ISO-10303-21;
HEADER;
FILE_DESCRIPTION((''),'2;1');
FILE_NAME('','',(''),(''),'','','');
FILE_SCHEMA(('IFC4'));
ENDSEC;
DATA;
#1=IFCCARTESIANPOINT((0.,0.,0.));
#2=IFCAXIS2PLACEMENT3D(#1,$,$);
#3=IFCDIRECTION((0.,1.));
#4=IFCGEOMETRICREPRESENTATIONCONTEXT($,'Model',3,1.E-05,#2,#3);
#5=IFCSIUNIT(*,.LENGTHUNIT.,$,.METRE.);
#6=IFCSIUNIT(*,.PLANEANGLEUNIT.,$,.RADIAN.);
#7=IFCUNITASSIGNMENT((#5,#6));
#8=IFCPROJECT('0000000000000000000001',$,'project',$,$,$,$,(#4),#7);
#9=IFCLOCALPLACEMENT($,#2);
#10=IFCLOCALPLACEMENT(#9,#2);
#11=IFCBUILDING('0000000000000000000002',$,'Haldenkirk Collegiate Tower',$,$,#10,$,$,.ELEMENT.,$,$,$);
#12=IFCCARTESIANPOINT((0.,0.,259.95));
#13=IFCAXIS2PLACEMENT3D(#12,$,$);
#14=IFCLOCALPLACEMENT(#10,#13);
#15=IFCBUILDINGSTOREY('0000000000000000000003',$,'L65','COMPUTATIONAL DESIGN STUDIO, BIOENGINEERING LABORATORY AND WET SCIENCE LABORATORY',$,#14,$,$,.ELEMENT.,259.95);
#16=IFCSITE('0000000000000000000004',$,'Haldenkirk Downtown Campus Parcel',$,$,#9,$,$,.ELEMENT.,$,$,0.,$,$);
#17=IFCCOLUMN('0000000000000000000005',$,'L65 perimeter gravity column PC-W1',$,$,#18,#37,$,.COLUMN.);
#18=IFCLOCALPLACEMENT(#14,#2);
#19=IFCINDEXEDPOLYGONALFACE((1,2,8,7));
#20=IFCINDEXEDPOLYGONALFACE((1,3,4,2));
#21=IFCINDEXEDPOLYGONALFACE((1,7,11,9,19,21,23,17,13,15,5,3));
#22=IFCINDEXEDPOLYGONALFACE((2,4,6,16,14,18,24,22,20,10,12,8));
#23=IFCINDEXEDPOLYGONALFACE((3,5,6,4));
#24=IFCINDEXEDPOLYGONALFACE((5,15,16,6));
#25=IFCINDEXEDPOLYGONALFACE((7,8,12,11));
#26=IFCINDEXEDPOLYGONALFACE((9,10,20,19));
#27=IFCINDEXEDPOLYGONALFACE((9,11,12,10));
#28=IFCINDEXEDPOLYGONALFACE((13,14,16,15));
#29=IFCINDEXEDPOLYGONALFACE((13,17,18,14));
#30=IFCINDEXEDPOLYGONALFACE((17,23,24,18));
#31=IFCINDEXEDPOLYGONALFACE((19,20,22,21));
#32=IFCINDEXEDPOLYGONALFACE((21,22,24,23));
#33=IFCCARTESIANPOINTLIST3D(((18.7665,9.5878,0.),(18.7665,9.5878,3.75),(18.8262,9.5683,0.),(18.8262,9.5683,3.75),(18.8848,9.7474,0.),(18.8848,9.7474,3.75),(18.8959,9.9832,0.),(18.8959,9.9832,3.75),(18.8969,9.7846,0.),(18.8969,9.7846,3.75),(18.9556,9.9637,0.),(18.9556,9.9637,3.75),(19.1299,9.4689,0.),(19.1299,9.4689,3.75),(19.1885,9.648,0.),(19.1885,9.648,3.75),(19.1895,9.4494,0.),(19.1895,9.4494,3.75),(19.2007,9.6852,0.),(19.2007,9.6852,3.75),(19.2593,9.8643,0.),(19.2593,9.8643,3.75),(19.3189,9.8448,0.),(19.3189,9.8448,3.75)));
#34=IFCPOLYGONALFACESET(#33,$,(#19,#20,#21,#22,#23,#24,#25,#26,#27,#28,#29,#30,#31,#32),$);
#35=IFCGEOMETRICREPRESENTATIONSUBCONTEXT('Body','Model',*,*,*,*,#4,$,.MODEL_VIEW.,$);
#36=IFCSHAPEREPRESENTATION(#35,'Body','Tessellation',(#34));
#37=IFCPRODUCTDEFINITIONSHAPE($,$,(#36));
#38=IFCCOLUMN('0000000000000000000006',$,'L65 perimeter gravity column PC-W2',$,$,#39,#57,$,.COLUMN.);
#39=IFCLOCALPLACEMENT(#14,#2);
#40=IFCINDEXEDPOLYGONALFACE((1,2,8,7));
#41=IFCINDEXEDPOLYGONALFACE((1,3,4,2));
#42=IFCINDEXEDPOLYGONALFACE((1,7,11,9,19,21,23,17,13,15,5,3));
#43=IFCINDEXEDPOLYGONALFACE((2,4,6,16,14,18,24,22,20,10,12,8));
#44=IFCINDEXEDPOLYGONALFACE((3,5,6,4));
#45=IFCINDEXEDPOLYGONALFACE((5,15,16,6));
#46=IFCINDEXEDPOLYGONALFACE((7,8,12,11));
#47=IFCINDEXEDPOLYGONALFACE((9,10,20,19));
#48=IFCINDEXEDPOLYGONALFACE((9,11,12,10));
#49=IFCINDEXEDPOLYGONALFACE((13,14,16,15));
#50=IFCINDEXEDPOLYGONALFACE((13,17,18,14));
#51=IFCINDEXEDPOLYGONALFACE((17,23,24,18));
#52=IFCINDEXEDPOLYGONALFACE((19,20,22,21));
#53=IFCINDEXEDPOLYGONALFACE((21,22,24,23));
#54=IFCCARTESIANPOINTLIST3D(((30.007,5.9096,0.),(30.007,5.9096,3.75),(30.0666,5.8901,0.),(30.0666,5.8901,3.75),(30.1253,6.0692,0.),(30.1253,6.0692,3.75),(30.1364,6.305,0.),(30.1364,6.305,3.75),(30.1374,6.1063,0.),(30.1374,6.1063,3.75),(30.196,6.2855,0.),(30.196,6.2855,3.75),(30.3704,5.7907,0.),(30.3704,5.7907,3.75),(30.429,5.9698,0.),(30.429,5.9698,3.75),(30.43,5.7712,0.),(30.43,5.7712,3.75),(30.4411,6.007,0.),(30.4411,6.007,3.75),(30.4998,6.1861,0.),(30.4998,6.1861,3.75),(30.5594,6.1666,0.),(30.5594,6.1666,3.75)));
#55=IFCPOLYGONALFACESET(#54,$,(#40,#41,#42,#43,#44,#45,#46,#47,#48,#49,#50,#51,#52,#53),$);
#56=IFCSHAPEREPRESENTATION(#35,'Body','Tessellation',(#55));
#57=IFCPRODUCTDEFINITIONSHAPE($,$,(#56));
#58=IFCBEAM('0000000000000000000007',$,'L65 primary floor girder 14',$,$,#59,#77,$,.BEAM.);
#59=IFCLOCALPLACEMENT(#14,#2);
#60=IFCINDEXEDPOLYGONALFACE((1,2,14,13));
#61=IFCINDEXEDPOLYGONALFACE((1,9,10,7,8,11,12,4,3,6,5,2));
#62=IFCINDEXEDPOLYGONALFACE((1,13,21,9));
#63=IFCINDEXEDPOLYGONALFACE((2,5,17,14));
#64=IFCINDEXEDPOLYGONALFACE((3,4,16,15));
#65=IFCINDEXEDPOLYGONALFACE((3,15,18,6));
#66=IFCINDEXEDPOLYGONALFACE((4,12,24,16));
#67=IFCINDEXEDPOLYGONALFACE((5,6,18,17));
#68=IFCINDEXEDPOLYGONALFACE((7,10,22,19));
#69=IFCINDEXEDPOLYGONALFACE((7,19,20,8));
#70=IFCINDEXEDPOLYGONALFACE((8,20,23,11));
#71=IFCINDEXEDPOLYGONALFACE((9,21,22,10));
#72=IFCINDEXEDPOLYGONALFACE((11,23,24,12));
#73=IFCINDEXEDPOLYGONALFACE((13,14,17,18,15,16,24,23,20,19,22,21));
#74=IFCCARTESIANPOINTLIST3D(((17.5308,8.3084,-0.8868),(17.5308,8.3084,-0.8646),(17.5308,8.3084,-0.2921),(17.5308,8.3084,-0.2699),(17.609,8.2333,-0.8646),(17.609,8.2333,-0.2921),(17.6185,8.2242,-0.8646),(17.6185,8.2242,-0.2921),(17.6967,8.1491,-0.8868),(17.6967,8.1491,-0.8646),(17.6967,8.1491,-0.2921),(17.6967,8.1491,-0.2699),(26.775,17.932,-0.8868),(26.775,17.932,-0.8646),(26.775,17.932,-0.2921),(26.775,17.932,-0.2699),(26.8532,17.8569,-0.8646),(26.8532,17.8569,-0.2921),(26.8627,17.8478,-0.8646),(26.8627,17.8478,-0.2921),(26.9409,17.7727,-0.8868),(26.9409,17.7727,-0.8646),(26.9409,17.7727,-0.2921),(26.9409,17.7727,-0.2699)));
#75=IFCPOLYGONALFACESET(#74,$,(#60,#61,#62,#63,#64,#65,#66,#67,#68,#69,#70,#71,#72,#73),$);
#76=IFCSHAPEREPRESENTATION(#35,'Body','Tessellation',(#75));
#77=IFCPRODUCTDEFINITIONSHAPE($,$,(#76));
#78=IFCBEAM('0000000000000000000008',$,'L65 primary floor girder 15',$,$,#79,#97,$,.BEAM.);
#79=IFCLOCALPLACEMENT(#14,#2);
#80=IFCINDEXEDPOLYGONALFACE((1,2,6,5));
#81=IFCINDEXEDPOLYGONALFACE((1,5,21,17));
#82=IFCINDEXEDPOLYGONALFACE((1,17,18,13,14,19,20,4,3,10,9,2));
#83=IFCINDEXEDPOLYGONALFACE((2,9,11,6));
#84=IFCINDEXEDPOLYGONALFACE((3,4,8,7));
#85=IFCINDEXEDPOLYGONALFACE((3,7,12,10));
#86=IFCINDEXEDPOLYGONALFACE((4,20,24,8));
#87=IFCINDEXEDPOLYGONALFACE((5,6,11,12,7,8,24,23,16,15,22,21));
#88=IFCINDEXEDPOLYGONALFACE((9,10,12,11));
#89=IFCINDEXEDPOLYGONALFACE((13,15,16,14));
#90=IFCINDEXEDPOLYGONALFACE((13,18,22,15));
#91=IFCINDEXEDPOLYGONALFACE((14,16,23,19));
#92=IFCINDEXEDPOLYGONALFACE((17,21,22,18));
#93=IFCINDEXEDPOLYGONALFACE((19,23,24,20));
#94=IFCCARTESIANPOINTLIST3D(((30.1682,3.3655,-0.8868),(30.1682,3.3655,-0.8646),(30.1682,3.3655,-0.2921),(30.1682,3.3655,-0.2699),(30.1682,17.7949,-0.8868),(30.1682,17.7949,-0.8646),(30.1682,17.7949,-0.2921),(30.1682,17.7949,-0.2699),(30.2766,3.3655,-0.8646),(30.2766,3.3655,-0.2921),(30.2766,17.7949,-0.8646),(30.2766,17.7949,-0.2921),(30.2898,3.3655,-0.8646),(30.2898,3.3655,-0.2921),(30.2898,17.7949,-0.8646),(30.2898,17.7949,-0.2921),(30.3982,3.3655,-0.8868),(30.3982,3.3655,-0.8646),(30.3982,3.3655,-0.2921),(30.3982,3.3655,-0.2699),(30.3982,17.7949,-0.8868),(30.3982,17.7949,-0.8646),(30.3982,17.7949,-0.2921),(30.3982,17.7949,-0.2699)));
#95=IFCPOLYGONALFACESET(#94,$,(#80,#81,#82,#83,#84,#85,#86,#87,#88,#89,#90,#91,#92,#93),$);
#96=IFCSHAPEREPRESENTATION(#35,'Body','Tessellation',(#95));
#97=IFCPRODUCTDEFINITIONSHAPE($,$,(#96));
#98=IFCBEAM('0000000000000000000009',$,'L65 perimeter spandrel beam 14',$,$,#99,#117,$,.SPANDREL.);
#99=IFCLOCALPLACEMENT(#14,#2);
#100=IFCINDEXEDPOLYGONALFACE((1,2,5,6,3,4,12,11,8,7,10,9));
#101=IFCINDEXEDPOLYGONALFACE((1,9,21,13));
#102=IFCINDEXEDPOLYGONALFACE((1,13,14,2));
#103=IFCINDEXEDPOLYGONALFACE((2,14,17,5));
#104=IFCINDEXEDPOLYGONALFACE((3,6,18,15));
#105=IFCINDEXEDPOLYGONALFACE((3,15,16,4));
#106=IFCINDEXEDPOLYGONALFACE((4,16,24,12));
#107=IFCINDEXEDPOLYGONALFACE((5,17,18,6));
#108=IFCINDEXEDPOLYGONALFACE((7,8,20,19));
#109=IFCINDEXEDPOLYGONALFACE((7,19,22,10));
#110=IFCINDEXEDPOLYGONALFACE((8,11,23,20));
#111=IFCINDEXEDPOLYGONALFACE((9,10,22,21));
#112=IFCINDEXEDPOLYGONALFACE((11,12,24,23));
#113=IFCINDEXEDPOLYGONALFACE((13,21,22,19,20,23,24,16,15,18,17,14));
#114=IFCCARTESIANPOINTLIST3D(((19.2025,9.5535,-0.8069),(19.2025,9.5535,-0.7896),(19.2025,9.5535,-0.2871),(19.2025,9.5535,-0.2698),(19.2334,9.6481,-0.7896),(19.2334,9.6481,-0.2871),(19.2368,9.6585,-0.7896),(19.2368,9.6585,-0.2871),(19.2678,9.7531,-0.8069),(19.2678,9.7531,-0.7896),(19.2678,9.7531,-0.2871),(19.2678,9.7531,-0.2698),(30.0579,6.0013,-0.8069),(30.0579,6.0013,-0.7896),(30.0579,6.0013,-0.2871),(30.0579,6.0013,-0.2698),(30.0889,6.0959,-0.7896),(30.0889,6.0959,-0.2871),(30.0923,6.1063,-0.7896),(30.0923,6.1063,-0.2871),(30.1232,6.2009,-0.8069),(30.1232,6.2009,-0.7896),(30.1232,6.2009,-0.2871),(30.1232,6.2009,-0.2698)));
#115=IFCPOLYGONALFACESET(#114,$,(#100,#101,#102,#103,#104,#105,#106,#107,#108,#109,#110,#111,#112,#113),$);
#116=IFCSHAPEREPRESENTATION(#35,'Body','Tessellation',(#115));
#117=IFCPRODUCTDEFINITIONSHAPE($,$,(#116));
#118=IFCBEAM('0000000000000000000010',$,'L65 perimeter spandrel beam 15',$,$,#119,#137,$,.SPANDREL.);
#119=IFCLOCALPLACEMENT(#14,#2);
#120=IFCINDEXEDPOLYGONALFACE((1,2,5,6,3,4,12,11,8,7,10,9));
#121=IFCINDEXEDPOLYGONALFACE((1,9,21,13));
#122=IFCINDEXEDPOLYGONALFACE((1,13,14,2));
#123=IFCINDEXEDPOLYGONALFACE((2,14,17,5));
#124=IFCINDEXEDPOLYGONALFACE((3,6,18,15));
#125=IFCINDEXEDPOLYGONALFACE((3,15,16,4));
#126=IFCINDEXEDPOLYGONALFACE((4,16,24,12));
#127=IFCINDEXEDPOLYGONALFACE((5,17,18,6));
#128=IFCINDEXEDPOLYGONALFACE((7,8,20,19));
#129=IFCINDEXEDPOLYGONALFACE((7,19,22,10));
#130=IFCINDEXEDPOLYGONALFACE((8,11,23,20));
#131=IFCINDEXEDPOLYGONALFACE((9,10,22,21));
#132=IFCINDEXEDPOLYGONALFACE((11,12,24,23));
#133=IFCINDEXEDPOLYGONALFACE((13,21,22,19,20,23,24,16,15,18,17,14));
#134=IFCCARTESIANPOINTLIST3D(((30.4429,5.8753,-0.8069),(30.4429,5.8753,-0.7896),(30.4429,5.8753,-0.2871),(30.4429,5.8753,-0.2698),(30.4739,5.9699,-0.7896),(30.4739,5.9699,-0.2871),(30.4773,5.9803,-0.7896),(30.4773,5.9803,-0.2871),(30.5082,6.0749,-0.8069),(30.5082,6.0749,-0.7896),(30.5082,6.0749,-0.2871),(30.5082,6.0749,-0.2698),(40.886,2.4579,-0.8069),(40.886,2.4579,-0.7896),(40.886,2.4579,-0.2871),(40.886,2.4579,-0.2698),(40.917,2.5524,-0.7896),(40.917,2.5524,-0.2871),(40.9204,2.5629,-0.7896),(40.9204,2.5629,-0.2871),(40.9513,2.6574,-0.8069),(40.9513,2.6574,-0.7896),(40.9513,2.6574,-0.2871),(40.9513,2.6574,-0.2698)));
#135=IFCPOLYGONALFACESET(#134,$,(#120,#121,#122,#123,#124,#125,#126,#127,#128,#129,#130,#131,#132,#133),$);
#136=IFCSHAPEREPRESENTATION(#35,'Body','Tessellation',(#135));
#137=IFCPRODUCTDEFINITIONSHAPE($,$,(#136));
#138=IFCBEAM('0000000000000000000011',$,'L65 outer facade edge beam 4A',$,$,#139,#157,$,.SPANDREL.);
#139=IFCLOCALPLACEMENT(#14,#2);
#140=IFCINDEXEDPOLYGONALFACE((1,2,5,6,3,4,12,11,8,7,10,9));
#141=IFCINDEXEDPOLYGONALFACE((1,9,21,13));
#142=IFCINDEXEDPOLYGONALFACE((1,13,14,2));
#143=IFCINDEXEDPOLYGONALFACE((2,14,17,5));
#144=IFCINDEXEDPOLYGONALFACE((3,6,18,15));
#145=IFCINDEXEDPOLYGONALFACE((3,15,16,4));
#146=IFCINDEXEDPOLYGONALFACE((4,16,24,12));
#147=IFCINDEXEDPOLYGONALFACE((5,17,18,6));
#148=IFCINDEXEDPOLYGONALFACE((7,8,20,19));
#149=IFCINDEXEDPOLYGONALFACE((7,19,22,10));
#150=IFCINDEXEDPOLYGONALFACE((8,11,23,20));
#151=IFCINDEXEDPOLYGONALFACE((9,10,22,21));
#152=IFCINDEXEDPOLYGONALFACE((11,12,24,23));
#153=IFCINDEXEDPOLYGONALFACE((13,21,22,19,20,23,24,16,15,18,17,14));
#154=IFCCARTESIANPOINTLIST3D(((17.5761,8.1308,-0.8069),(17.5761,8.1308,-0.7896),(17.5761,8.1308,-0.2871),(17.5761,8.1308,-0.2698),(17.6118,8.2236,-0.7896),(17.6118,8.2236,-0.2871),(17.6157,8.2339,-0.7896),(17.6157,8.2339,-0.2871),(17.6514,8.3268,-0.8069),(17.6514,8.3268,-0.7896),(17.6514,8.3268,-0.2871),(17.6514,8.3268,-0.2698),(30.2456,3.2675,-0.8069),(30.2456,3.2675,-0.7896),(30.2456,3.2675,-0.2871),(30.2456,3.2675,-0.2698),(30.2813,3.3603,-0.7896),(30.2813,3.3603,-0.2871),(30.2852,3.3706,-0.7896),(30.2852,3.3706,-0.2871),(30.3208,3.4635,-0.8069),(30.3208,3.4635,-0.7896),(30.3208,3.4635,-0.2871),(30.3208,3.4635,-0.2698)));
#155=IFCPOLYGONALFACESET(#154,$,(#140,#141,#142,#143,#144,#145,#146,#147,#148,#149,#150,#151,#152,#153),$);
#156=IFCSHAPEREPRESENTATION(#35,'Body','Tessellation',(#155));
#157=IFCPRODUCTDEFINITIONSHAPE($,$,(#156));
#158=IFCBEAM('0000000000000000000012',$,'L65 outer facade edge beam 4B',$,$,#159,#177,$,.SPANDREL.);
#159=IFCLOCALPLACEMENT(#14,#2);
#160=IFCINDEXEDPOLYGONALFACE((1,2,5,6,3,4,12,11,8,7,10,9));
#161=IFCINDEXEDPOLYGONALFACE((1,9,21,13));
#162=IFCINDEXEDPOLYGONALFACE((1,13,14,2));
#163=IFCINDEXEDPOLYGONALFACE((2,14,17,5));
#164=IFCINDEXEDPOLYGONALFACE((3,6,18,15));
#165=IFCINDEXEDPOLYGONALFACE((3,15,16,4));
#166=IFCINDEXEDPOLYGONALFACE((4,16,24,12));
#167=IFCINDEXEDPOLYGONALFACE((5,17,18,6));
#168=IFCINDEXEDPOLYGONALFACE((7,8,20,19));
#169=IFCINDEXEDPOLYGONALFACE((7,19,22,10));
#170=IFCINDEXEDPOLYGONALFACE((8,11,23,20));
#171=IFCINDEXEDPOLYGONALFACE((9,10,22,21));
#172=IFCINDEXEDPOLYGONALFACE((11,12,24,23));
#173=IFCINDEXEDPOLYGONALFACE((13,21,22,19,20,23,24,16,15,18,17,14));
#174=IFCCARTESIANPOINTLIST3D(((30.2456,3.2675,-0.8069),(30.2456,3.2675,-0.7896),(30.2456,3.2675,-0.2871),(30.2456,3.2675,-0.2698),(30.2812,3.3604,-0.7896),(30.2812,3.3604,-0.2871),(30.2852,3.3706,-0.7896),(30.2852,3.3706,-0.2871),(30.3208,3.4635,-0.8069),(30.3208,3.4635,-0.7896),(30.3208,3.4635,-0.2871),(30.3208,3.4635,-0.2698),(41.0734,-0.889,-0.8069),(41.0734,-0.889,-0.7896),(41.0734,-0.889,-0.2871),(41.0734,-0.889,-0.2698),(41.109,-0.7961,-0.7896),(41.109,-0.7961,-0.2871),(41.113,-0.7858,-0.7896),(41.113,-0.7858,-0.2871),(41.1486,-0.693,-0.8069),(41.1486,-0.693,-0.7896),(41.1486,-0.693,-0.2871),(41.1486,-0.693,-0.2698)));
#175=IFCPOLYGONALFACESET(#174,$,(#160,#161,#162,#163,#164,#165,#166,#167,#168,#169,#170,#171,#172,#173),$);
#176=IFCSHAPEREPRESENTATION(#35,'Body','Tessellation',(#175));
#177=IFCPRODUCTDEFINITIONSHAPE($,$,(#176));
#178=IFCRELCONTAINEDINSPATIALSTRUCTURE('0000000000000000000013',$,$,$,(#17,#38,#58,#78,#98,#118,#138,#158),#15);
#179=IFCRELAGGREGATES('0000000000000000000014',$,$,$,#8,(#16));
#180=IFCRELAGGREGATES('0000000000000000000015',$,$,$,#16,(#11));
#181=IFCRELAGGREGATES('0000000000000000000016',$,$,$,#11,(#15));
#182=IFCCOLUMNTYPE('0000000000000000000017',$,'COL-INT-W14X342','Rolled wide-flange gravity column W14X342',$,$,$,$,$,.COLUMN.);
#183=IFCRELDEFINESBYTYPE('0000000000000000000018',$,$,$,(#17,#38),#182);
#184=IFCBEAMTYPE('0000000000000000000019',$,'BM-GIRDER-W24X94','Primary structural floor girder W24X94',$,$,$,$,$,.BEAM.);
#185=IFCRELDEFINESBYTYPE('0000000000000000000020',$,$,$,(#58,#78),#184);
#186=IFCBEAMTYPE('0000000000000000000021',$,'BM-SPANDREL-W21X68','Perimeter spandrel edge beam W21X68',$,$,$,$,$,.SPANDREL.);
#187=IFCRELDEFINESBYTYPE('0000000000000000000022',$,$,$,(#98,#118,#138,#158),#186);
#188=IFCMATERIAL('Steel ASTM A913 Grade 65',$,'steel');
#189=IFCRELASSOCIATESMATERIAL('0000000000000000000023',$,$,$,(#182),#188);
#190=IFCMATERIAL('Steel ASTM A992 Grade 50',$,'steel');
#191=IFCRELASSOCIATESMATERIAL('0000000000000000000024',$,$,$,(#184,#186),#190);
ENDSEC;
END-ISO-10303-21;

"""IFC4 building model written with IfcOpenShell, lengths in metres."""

from ifc_helpers import new_model, si_unit, direction, frame, origin, origin_2d, place, context, subcontext, project, spatial, i_section, extrude, material, material_profile, profile_set, type_object, element, save


model = new_model("IFC4")

# Units and contexts
model_context = context("Model", 3, precision=1e-05, world=origin(), true_north=direction((0.0, 1.0)))
body_context = subcontext(model_context, "Body", "Model", "MODEL_VIEW")
ifc_project = project(units=[si_unit("LENGTHUNIT", "METRE"), si_unit("PLANEANGLEUNIT", "RADIAN")], contexts=[model_context])

# Site, building, storey
site_placement = place(None, origin())
site = spatial("IfcSite", under=ifc_project, at=site_placement, Name="Haldenkirk Downtown Campus Parcel", CompositionType="ELEMENT", RefElevation=0.0)
building_placement = place(site_placement, origin())
building = spatial("IfcBuilding", under=site, at=building_placement, Name="Haldenkirk Collegiate Tower", CompositionType="ELEMENT")
storey_placement = place(building_placement, frame((0.0, 0.0, 259.95)))
storey = spatial("IfcBuildingStorey", under=building, at=storey_placement, Name="L65", Description="COMPUTATIONAL DESIGN STUDIO, BIOENGINEERING LABORATORY AND WET SCIENCE LABORATORY", CompositionType="ELEMENT", Elevation=259.95)

# Columns
ifc_material_1 = material(Name="Steel ASTM A913 Grade 65", Category="steel")
ifc_material_profile_1 = material_profile(ifc_material_1, i_section(OverallWidth=0.416, OverallDepth=0.4451, WebThickness=0.0391, FlangeThickness=0.0627, at=origin_2d()), Name="W14X342")
ifc_profile_set_1 = profile_set([ifc_material_profile_1], Name="Steel ASTM A913 Grade 65")
column_type = type_object("IfcColumnType", Name="COL-INT-W14X342", Description="Rolled wide-flange gravity column W14X342", PredefinedType="COLUMN", material=ifc_profile_set_1)
for number, where, z_axis, x_axis, name in (
    (1, (19.0427, 9.7163, 0.0), (0.0, 0.0, 1.0), (0.311008, 0.950407, 0.0), "L65 perimeter gravity column PC-W1"),
    (2, (30.2832, 6.0381, 0.0), (0.0, 0.0, 1.0), (0.311008, 0.950407, 0.0), "L65 perimeter gravity column PC-W2"),
):
    element("IfcColumn", number, at=place(storey_placement, frame(where, z_axis=z_axis, x_axis=x_axis)), inside=storey, type_object=column_type, Name=name, PredefinedType="COLUMN", context=body_context, shape_type="SweptSolid", body=[
        extrude(i_section(OverallWidth=0.416, OverallDepth=0.4451, WebThickness=0.0391, FlangeThickness=0.0627, at=origin_2d()), origin(), (0.0, 0.0, 1.0), 3.75),
    ])

# Beams
ifc_material_2 = material(Name="Steel ASTM A992 Grade 50", Category="steel")
ifc_material_profile_2 = material_profile(ifc_material_2, i_section(OverallWidth=0.23, OverallDepth=0.6169, WebThickness=0.0132, FlangeThickness=0.0222, at=origin_2d()), Name="W24X94")
ifc_profile_set_2 = profile_set([ifc_material_profile_2], Name="Steel ASTM A992 Grade 50")
beam_type_1 = type_object("IfcBeamType", Name="BM-GIRDER-W24X94", Description="Primary structural floor girder W24X94", PredefinedType="BEAM", material=ifc_profile_set_2)
beam_1_placement = place(storey_placement, frame((17.6138, 8.2288, -0.5784), z_axis=(0.692748, 0.72118, 0.0), x_axis=(-0.72118, 0.692748, 0.0)))
element("IfcBeam", 3, at=beam_1_placement, inside=storey, type_object=beam_type_1, Name="L65 primary floor girder 14", PredefinedType="BEAM", context=body_context, shape_type="SweptSolid", body=[
    extrude(i_section(OverallWidth=0.23, OverallDepth=0.6169, WebThickness=0.0132, FlangeThickness=0.0222, at=origin_2d()), origin(), (0.0, 0.0, 1.0), 13.3442),
])
beam_2_placement = place(storey_placement, frame((30.2832, 3.3655, -0.5784), z_axis=(0.0, 1.0, 0.0), x_axis=(-1.0, 0.0, 0.0)))
element("IfcBeam", 4, at=beam_2_placement, inside=storey, type_object=beam_type_1, Name="L65 primary floor girder 15", PredefinedType="BEAM", context=body_context, shape_type="SweptSolid", body=[
    extrude(i_section(OverallWidth=0.23, OverallDepth=0.6169, WebThickness=0.0132, FlangeThickness=0.0222, at=origin_2d()), origin(), (0.0, 0.0, 1.0), 14.4294),
])
ifc_material_profile_3 = material_profile(ifc_material_2, i_section(OverallWidth=0.21, OverallDepth=0.5371, WebThickness=0.011, FlangeThickness=0.0173, at=origin_2d()), Name="W21X68")
ifc_profile_set_3 = profile_set([ifc_material_profile_3], Name="Steel ASTM A992 Grade 50")
beam_type_2 = type_object("IfcBeamType", Name="BM-SPANDREL-W21X68", Description="Perimeter spandrel edge beam W21X68", PredefinedType="SPANDREL", material=ifc_profile_set_3)
beam_3_placement = place(storey_placement, frame((19.2351, 9.6533, -0.5383), z_axis=(0.950409, -0.311003, 0.0), x_axis=(0.311003, 0.950409, 0.0)))
element("IfcBeam", 5, at=beam_3_placement, inside=storey, type_object=beam_type_2, Name="L65 perimeter spandrel beam 14", PredefinedType="SPANDREL", context=body_context, shape_type="SweptSolid", body=[
    extrude(i_section(OverallWidth=0.21, OverallDepth=0.5371, WebThickness=0.011, FlangeThickness=0.0173, at=origin_2d()), origin(), (0.0, 0.0, 1.0), 11.4219),
])
beam_4_placement = place(storey_placement, frame((30.4756, 5.9751, -0.5383), z_axis=(0.950404, -0.311017, 0.0), x_axis=(0.311017, 0.950404, 0.0)))
element("IfcBeam", 6, at=beam_4_placement, inside=storey, type_object=beam_type_2, Name="L65 perimeter spandrel beam 15", PredefinedType="SPANDREL", context=body_context, shape_type="SweptSolid", body=[
    extrude(i_section(OverallWidth=0.21, OverallDepth=0.5371, WebThickness=0.011, FlangeThickness=0.0173, at=origin_2d()), origin(), (0.0, 0.0, 1.0), 10.988),
])
beam_5_placement = place(storey_placement, frame((17.6138, 8.2288, -0.5383), z_axis=(0.933582, -0.358364, 0.0), x_axis=(0.358364, 0.933582, 0.0)))
element("IfcBeam", 7, at=beam_5_placement, inside=storey, type_object=beam_type_2, Name="L65 outer facade edge beam 4A", PredefinedType="SPANDREL", context=body_context, shape_type="SweptSolid", body=[
    extrude(i_section(OverallWidth=0.21, OverallDepth=0.5371, WebThickness=0.011, FlangeThickness=0.0173, at=origin_2d()), origin(), (0.0, 0.0, 1.0), 13.5708),
])
beam_6_placement = place(storey_placement, frame((30.2832, 3.3655, -0.5383), z_axis=(0.933579, -0.358372, 0.0), x_axis=(0.358372, 0.933579, 0.0)))
element("IfcBeam", 8, at=beam_6_placement, inside=storey, type_object=beam_type_2, Name="L65 outer facade edge beam 4B", PredefinedType="SPANDREL", context=body_context, shape_type="SweptSolid", body=[
    extrude(i_section(OverallWidth=0.21, OverallDepth=0.5371, WebThickness=0.011, FlangeThickness=0.0173, at=origin_2d()), origin(), (0.0, 0.0, 1.0), 11.5981),
])

save(model, "model.ifc")
